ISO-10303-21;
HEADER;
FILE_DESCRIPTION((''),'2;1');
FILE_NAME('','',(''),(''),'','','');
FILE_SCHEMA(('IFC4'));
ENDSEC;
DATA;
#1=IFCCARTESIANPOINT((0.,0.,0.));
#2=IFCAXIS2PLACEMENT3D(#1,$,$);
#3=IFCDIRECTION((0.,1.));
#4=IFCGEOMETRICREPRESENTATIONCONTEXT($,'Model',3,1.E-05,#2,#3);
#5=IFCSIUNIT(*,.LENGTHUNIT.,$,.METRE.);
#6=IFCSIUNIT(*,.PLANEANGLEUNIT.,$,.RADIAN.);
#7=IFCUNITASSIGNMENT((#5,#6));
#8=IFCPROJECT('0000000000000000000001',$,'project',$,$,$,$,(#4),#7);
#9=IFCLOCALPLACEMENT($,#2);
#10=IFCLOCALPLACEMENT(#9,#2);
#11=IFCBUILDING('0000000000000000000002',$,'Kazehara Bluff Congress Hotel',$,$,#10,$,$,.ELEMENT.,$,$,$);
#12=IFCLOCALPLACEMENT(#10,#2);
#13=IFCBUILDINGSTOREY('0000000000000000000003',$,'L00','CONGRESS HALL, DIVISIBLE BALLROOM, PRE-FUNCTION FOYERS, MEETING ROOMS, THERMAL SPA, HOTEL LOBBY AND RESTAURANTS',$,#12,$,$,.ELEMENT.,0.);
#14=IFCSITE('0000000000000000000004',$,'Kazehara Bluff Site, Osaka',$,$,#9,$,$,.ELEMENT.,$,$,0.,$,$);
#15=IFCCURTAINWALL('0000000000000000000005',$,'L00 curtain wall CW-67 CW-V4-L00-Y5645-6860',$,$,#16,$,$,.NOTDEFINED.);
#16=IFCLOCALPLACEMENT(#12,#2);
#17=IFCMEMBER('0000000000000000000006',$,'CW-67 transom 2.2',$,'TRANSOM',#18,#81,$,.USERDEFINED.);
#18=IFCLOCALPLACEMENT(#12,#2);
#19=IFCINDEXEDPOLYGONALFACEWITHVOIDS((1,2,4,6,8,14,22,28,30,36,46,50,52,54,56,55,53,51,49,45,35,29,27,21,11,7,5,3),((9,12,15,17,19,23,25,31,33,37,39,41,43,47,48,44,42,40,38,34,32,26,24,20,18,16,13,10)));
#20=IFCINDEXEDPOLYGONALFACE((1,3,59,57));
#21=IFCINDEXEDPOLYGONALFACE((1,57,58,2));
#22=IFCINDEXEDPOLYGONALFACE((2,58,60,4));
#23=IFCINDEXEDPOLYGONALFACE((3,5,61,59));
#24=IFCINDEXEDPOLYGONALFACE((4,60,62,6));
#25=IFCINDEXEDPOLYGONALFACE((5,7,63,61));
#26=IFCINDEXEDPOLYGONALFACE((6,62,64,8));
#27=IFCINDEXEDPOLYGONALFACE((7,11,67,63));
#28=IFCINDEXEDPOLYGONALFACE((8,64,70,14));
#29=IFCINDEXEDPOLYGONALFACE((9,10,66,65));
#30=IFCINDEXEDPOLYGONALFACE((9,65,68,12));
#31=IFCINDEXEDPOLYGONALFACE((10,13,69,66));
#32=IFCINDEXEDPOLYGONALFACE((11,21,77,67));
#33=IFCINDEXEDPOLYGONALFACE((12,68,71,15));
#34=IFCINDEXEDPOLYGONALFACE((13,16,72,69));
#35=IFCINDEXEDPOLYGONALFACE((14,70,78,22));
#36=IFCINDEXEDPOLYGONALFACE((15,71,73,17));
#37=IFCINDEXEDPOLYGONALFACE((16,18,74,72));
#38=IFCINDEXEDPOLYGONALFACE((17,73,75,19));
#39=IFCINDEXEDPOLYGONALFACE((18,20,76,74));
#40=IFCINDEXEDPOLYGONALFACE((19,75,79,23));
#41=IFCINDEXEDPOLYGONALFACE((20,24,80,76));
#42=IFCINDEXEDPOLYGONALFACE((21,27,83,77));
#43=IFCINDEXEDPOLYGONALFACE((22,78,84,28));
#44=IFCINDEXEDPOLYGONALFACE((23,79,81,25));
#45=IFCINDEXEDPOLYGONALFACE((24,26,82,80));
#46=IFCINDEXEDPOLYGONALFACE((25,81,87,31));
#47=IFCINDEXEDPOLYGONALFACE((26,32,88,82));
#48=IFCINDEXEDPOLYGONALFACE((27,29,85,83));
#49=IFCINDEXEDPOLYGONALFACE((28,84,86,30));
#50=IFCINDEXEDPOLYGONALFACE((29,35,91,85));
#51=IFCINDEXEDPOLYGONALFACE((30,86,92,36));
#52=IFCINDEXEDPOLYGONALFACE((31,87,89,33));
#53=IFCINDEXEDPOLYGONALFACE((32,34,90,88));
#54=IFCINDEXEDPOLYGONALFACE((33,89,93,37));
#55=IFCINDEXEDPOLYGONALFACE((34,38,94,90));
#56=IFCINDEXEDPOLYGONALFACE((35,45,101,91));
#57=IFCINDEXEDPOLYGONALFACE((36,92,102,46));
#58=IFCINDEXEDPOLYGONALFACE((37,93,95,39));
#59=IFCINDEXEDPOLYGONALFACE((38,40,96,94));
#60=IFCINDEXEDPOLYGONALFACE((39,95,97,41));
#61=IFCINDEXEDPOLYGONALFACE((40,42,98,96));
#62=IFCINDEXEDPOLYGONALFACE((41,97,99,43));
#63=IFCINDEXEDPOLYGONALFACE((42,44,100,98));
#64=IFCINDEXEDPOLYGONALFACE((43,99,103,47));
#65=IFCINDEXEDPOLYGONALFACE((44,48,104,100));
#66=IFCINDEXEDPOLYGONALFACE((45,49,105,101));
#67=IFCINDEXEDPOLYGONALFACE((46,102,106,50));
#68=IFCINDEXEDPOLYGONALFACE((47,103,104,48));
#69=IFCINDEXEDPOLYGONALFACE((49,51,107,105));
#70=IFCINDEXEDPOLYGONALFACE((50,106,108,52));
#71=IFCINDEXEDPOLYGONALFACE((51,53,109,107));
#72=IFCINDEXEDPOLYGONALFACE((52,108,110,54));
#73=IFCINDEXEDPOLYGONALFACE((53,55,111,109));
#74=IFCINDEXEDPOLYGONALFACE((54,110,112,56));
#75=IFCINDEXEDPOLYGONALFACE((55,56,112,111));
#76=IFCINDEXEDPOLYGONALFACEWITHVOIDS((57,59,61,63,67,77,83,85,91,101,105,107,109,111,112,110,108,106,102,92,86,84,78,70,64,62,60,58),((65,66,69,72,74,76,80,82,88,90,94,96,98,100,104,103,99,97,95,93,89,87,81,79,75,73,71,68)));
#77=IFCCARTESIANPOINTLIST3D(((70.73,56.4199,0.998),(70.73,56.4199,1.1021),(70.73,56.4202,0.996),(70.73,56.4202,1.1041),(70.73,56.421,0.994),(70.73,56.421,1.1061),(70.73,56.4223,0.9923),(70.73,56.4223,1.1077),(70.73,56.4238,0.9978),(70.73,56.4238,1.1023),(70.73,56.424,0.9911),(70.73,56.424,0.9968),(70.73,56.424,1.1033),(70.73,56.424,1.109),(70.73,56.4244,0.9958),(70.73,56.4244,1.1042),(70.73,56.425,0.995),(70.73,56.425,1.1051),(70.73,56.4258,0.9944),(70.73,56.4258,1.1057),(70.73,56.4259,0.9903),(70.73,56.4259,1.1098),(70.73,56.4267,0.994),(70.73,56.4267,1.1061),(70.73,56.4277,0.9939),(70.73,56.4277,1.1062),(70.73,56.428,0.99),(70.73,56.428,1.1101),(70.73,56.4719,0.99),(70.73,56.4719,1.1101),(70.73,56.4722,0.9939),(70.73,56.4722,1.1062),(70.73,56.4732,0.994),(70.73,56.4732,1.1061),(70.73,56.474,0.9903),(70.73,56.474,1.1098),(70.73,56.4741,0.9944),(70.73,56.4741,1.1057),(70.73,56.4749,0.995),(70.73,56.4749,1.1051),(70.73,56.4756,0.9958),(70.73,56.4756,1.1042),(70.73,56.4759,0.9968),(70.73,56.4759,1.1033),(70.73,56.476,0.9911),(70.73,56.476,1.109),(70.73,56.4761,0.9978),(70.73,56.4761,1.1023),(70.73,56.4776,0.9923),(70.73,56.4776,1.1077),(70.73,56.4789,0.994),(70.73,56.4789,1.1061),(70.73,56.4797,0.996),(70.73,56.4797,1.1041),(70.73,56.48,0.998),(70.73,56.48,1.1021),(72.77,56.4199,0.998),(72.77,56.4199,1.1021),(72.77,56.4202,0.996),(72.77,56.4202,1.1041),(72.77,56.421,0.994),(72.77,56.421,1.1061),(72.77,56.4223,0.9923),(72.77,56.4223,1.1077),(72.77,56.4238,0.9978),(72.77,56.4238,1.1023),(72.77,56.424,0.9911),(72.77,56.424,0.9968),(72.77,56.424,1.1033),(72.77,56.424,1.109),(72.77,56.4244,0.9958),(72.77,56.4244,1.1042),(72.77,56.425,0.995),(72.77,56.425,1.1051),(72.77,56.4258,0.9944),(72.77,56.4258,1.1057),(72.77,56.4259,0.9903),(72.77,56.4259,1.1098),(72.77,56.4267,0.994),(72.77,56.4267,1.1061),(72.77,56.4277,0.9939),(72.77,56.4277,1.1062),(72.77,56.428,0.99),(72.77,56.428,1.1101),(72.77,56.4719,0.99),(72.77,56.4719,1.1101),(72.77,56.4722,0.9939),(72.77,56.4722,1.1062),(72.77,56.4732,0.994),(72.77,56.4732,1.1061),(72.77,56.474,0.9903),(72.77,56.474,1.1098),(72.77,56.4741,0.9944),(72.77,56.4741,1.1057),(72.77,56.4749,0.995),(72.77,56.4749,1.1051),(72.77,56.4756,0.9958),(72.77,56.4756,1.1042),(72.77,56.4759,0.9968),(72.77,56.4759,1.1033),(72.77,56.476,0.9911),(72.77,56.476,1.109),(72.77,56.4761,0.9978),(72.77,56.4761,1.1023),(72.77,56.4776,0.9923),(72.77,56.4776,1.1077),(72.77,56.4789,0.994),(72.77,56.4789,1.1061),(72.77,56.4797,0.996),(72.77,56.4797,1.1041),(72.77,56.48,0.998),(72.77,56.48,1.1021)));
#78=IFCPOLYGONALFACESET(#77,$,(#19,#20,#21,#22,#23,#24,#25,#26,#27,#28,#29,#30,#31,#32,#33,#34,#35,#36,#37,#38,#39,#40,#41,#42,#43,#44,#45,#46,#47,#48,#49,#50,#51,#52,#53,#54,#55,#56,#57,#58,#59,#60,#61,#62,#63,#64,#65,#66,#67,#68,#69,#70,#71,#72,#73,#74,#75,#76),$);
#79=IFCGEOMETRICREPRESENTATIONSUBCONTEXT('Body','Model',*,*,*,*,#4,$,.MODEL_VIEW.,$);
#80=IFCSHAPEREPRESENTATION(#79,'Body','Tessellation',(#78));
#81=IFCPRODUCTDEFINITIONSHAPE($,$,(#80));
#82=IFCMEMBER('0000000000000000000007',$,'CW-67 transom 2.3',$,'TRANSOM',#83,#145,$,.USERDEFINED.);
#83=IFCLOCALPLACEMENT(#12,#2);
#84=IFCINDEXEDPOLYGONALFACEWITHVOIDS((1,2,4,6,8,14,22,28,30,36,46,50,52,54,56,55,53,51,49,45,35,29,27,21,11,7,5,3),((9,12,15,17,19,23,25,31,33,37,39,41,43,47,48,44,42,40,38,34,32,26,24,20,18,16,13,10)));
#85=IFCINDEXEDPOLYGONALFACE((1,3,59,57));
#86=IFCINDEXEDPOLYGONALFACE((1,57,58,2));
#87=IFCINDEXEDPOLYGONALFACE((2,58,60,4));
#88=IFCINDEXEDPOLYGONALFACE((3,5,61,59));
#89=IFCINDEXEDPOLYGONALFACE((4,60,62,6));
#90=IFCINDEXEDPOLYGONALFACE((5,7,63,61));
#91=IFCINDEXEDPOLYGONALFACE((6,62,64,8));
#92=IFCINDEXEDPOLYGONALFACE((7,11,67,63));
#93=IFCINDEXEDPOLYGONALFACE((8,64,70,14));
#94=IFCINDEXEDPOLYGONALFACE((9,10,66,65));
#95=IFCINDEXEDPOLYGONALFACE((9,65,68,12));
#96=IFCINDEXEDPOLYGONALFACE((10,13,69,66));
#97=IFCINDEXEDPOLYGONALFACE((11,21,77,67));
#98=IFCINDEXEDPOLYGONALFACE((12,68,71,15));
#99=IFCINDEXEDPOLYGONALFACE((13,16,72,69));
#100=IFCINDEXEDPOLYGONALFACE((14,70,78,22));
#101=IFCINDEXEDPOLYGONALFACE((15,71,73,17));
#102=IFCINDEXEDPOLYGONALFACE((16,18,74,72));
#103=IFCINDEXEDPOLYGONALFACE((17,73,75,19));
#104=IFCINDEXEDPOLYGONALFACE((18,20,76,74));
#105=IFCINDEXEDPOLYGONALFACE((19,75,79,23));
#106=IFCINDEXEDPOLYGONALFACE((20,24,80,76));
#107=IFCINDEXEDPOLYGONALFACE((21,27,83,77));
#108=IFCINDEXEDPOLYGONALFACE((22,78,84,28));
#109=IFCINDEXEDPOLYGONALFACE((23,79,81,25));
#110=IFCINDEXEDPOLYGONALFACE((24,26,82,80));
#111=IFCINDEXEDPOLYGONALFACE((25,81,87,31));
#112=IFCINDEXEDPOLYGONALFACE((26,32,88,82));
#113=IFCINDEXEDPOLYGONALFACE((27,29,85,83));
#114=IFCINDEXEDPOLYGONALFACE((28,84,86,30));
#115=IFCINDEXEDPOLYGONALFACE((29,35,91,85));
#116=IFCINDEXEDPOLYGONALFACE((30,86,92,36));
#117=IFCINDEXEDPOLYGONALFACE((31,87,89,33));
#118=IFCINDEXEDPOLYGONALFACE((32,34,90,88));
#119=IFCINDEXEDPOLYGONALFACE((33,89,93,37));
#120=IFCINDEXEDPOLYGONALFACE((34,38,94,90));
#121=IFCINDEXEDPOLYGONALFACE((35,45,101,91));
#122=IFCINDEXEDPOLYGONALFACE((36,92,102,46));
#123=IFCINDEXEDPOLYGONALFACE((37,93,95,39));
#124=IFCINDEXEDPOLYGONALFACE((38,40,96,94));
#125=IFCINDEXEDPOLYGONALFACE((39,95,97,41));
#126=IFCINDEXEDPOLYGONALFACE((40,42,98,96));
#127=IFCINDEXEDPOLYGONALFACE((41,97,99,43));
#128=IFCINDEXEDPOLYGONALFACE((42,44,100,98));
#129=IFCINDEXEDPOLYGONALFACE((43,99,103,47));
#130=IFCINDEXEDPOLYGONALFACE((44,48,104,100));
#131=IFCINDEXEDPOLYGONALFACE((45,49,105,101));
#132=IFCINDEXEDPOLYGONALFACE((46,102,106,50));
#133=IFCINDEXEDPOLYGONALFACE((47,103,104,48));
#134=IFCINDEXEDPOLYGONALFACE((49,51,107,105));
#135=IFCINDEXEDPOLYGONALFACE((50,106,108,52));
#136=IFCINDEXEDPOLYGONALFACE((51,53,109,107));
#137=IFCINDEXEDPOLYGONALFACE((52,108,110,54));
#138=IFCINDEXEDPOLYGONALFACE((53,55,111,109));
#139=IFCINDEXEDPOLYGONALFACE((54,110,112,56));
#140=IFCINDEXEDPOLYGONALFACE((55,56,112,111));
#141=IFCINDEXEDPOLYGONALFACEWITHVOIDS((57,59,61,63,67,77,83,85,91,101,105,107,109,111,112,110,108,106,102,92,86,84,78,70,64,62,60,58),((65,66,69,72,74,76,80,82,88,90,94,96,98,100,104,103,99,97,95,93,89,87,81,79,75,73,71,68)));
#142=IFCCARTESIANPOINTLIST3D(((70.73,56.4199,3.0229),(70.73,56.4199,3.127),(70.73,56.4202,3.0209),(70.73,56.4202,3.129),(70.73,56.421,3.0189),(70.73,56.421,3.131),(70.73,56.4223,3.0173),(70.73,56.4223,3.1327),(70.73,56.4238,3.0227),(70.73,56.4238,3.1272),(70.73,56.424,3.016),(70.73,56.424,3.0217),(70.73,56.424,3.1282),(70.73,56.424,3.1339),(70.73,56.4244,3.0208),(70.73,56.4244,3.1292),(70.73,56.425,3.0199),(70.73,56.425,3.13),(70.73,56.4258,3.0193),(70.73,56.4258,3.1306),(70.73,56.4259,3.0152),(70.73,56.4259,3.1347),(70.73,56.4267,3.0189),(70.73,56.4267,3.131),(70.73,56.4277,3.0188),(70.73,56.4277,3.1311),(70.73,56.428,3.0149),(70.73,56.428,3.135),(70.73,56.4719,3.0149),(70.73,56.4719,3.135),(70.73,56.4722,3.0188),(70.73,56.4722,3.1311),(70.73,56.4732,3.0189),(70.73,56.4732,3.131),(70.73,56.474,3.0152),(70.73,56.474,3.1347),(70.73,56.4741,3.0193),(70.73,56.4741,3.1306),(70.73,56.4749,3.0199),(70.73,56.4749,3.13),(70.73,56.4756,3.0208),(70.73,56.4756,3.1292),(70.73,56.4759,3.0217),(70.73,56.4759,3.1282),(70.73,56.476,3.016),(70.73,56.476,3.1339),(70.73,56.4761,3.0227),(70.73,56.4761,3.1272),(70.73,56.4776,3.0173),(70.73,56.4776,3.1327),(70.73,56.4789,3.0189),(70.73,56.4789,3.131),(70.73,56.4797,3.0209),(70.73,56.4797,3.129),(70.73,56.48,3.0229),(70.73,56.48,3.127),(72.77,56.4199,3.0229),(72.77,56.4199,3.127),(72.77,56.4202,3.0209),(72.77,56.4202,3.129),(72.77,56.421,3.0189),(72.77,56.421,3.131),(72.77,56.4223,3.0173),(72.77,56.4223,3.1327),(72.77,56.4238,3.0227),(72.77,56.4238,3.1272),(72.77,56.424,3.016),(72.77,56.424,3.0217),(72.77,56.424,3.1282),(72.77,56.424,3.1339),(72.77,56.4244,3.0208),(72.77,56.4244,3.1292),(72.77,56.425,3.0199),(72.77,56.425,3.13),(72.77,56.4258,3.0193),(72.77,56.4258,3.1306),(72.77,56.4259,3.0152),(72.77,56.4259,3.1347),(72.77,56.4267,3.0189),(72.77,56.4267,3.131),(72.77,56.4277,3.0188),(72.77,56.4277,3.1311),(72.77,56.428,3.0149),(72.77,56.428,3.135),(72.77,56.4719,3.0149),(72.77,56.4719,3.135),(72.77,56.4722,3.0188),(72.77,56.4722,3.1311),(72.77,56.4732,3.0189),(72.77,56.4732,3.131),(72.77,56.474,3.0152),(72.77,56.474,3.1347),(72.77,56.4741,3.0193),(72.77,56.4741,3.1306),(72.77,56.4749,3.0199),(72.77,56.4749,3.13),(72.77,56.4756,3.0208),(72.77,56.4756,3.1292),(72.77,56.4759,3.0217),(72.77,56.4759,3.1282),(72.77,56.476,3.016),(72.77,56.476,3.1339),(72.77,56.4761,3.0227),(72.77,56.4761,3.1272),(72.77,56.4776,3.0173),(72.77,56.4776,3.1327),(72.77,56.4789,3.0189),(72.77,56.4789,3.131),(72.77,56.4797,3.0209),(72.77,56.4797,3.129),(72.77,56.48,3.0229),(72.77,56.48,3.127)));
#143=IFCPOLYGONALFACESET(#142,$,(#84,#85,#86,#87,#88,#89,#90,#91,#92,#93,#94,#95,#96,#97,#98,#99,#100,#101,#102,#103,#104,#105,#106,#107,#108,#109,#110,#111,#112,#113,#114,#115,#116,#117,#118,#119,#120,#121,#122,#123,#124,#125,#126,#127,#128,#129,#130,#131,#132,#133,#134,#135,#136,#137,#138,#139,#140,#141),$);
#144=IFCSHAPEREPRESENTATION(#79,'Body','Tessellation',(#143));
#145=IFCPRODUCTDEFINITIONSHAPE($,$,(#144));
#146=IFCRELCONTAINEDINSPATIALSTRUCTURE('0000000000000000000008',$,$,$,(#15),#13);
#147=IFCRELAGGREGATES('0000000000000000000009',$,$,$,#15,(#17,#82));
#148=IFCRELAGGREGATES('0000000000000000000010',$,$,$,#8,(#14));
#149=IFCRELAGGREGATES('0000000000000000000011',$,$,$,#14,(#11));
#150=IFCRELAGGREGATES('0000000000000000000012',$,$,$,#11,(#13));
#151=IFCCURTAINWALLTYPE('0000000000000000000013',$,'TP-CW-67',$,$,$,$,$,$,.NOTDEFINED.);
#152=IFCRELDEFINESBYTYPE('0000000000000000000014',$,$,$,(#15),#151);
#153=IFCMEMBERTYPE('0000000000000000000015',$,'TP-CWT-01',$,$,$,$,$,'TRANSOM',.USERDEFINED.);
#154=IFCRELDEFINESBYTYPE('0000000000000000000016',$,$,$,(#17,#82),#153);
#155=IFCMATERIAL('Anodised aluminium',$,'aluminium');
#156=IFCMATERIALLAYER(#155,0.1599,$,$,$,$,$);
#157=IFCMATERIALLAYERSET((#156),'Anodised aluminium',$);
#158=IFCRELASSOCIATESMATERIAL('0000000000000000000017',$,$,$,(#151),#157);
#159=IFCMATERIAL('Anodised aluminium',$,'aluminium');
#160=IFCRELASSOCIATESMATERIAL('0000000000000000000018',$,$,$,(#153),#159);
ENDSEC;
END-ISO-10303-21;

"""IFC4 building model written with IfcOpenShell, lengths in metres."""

from ifc_helpers import new_model, si_unit, direction, frame, origin, origin_2d, place, context, subcontext, project, spatial, hollow_rectangle, extrude, material, layer, layer_set, material_profile, profile_set, type_object, element, aggregate, save


model = new_model("IFC4")

# Units and contexts
model_context = context("Model", 3, precision=1e-05, world=origin(), true_north=direction((0.0, 1.0)))
body_context = subcontext(model_context, "Body", "Model", "MODEL_VIEW")
ifc_project = project(units=[si_unit("LENGTHUNIT", "METRE"), si_unit("PLANEANGLEUNIT", "RADIAN")], contexts=[model_context])

# Site, building, storey
site_placement = place(None, origin())
site = spatial("IfcSite", under=ifc_project, at=site_placement, Name="Kazehara Bluff Site, Osaka", CompositionType="ELEMENT", RefElevation=0.0)
building_placement = place(site_placement, origin())
building = spatial("IfcBuilding", under=site, at=building_placement, Name="Kazehara Bluff Congress Hotel", CompositionType="ELEMENT")
storey_placement = place(building_placement, origin())
storey = spatial("IfcBuildingStorey", under=building, at=storey_placement, Name="L00", Description="CONGRESS HALL, DIVISIBLE BALLROOM, PRE-FUNCTION FOYERS, MEETING ROOMS, THERMAL SPA, HOTEL LOBBY AND RESTAURANTS", CompositionType="ELEMENT", Elevation=0.0)

# Curtain wall
ifc_material_1 = material(Name="Anodised aluminium", Category="aluminium")
ifc_layer_1 = layer(ifc_material_1, 0.1599)
ifc_layer_set_1 = layer_set([ifc_layer_1], Name="Anodised aluminium")
curtain_wall_type_1 = type_object("IfcCurtainWallType", Name="TP-CW-67", PredefinedType="NOTDEFINED", material=ifc_layer_set_1)
curtain_wall_1_placement = place(storey_placement, origin())
curtain_wall_1 = element("IfcCurtainWall", 1, at=curtain_wall_1_placement, inside=storey, type_object=curtain_wall_type_1, Name="L00 curtain wall CW-67 CW-V4-L00-Y5645-6860", PredefinedType="NOTDEFINED")

# Members
ifc_material_2 = material(Name="Anodised aluminium", Category="aluminium")
ifc_material_profile_1 = material_profile(ifc_material_2, hollow_rectangle(XDim=0.0601, YDim=0.1201, WallThickness=0.0039, InnerFilletRadius=0.0039, OuterFilletRadius=0.0081, at=origin_2d()))
ifc_profile_set_1 = profile_set([ifc_material_profile_1], Name="Anodised aluminium")
member_type_1 = type_object("IfcMemberType", Name="TP-CWT-01", ElementType="TRANSOM", PredefinedType="USERDEFINED", material=ifc_profile_set_1)
member_1_placement = place(storey_placement, frame((70.73, 56.45, 1.05), z_axis=(1.0, 0.0, 0.0), x_axis=(0.0, 1.0, 0.0)))
member_1 = element("IfcMember", 2, at=member_1_placement, type_object=member_type_1, Name="CW-67 transom 2.2", ObjectType="TRANSOM", PredefinedType="USERDEFINED", context=body_context, shape_type="SweptSolid", body=[
    extrude(hollow_rectangle(XDim=0.0601, YDim=0.1201, WallThickness=0.0039, InnerFilletRadius=0.0039, OuterFilletRadius=0.0081, at=origin_2d()), origin(), (0.0, 0.0, 1.0), 2.04),
])
member_2_placement = place(storey_placement, frame((70.73, 56.45, 3.075), z_axis=(1.0, 0.0, 0.0), x_axis=(0.0, 1.0, 0.0)))
member_2 = element("IfcMember", 3, at=member_2_placement, type_object=member_type_1, Name="CW-67 transom 2.3", ObjectType="TRANSOM", PredefinedType="USERDEFINED", context=body_context, shape_type="SweptSolid", body=[
    extrude(hollow_rectangle(XDim=0.0601, YDim=0.1201, WallThickness=0.0039, InnerFilletRadius=0.0039, OuterFilletRadius=0.0081, at=origin_2d()), origin(), (0.0, 0.0, 1.0), 2.04),
])

aggregate(curtain_wall_1, [member_1, member_2])

save(model, "model.ifc")
